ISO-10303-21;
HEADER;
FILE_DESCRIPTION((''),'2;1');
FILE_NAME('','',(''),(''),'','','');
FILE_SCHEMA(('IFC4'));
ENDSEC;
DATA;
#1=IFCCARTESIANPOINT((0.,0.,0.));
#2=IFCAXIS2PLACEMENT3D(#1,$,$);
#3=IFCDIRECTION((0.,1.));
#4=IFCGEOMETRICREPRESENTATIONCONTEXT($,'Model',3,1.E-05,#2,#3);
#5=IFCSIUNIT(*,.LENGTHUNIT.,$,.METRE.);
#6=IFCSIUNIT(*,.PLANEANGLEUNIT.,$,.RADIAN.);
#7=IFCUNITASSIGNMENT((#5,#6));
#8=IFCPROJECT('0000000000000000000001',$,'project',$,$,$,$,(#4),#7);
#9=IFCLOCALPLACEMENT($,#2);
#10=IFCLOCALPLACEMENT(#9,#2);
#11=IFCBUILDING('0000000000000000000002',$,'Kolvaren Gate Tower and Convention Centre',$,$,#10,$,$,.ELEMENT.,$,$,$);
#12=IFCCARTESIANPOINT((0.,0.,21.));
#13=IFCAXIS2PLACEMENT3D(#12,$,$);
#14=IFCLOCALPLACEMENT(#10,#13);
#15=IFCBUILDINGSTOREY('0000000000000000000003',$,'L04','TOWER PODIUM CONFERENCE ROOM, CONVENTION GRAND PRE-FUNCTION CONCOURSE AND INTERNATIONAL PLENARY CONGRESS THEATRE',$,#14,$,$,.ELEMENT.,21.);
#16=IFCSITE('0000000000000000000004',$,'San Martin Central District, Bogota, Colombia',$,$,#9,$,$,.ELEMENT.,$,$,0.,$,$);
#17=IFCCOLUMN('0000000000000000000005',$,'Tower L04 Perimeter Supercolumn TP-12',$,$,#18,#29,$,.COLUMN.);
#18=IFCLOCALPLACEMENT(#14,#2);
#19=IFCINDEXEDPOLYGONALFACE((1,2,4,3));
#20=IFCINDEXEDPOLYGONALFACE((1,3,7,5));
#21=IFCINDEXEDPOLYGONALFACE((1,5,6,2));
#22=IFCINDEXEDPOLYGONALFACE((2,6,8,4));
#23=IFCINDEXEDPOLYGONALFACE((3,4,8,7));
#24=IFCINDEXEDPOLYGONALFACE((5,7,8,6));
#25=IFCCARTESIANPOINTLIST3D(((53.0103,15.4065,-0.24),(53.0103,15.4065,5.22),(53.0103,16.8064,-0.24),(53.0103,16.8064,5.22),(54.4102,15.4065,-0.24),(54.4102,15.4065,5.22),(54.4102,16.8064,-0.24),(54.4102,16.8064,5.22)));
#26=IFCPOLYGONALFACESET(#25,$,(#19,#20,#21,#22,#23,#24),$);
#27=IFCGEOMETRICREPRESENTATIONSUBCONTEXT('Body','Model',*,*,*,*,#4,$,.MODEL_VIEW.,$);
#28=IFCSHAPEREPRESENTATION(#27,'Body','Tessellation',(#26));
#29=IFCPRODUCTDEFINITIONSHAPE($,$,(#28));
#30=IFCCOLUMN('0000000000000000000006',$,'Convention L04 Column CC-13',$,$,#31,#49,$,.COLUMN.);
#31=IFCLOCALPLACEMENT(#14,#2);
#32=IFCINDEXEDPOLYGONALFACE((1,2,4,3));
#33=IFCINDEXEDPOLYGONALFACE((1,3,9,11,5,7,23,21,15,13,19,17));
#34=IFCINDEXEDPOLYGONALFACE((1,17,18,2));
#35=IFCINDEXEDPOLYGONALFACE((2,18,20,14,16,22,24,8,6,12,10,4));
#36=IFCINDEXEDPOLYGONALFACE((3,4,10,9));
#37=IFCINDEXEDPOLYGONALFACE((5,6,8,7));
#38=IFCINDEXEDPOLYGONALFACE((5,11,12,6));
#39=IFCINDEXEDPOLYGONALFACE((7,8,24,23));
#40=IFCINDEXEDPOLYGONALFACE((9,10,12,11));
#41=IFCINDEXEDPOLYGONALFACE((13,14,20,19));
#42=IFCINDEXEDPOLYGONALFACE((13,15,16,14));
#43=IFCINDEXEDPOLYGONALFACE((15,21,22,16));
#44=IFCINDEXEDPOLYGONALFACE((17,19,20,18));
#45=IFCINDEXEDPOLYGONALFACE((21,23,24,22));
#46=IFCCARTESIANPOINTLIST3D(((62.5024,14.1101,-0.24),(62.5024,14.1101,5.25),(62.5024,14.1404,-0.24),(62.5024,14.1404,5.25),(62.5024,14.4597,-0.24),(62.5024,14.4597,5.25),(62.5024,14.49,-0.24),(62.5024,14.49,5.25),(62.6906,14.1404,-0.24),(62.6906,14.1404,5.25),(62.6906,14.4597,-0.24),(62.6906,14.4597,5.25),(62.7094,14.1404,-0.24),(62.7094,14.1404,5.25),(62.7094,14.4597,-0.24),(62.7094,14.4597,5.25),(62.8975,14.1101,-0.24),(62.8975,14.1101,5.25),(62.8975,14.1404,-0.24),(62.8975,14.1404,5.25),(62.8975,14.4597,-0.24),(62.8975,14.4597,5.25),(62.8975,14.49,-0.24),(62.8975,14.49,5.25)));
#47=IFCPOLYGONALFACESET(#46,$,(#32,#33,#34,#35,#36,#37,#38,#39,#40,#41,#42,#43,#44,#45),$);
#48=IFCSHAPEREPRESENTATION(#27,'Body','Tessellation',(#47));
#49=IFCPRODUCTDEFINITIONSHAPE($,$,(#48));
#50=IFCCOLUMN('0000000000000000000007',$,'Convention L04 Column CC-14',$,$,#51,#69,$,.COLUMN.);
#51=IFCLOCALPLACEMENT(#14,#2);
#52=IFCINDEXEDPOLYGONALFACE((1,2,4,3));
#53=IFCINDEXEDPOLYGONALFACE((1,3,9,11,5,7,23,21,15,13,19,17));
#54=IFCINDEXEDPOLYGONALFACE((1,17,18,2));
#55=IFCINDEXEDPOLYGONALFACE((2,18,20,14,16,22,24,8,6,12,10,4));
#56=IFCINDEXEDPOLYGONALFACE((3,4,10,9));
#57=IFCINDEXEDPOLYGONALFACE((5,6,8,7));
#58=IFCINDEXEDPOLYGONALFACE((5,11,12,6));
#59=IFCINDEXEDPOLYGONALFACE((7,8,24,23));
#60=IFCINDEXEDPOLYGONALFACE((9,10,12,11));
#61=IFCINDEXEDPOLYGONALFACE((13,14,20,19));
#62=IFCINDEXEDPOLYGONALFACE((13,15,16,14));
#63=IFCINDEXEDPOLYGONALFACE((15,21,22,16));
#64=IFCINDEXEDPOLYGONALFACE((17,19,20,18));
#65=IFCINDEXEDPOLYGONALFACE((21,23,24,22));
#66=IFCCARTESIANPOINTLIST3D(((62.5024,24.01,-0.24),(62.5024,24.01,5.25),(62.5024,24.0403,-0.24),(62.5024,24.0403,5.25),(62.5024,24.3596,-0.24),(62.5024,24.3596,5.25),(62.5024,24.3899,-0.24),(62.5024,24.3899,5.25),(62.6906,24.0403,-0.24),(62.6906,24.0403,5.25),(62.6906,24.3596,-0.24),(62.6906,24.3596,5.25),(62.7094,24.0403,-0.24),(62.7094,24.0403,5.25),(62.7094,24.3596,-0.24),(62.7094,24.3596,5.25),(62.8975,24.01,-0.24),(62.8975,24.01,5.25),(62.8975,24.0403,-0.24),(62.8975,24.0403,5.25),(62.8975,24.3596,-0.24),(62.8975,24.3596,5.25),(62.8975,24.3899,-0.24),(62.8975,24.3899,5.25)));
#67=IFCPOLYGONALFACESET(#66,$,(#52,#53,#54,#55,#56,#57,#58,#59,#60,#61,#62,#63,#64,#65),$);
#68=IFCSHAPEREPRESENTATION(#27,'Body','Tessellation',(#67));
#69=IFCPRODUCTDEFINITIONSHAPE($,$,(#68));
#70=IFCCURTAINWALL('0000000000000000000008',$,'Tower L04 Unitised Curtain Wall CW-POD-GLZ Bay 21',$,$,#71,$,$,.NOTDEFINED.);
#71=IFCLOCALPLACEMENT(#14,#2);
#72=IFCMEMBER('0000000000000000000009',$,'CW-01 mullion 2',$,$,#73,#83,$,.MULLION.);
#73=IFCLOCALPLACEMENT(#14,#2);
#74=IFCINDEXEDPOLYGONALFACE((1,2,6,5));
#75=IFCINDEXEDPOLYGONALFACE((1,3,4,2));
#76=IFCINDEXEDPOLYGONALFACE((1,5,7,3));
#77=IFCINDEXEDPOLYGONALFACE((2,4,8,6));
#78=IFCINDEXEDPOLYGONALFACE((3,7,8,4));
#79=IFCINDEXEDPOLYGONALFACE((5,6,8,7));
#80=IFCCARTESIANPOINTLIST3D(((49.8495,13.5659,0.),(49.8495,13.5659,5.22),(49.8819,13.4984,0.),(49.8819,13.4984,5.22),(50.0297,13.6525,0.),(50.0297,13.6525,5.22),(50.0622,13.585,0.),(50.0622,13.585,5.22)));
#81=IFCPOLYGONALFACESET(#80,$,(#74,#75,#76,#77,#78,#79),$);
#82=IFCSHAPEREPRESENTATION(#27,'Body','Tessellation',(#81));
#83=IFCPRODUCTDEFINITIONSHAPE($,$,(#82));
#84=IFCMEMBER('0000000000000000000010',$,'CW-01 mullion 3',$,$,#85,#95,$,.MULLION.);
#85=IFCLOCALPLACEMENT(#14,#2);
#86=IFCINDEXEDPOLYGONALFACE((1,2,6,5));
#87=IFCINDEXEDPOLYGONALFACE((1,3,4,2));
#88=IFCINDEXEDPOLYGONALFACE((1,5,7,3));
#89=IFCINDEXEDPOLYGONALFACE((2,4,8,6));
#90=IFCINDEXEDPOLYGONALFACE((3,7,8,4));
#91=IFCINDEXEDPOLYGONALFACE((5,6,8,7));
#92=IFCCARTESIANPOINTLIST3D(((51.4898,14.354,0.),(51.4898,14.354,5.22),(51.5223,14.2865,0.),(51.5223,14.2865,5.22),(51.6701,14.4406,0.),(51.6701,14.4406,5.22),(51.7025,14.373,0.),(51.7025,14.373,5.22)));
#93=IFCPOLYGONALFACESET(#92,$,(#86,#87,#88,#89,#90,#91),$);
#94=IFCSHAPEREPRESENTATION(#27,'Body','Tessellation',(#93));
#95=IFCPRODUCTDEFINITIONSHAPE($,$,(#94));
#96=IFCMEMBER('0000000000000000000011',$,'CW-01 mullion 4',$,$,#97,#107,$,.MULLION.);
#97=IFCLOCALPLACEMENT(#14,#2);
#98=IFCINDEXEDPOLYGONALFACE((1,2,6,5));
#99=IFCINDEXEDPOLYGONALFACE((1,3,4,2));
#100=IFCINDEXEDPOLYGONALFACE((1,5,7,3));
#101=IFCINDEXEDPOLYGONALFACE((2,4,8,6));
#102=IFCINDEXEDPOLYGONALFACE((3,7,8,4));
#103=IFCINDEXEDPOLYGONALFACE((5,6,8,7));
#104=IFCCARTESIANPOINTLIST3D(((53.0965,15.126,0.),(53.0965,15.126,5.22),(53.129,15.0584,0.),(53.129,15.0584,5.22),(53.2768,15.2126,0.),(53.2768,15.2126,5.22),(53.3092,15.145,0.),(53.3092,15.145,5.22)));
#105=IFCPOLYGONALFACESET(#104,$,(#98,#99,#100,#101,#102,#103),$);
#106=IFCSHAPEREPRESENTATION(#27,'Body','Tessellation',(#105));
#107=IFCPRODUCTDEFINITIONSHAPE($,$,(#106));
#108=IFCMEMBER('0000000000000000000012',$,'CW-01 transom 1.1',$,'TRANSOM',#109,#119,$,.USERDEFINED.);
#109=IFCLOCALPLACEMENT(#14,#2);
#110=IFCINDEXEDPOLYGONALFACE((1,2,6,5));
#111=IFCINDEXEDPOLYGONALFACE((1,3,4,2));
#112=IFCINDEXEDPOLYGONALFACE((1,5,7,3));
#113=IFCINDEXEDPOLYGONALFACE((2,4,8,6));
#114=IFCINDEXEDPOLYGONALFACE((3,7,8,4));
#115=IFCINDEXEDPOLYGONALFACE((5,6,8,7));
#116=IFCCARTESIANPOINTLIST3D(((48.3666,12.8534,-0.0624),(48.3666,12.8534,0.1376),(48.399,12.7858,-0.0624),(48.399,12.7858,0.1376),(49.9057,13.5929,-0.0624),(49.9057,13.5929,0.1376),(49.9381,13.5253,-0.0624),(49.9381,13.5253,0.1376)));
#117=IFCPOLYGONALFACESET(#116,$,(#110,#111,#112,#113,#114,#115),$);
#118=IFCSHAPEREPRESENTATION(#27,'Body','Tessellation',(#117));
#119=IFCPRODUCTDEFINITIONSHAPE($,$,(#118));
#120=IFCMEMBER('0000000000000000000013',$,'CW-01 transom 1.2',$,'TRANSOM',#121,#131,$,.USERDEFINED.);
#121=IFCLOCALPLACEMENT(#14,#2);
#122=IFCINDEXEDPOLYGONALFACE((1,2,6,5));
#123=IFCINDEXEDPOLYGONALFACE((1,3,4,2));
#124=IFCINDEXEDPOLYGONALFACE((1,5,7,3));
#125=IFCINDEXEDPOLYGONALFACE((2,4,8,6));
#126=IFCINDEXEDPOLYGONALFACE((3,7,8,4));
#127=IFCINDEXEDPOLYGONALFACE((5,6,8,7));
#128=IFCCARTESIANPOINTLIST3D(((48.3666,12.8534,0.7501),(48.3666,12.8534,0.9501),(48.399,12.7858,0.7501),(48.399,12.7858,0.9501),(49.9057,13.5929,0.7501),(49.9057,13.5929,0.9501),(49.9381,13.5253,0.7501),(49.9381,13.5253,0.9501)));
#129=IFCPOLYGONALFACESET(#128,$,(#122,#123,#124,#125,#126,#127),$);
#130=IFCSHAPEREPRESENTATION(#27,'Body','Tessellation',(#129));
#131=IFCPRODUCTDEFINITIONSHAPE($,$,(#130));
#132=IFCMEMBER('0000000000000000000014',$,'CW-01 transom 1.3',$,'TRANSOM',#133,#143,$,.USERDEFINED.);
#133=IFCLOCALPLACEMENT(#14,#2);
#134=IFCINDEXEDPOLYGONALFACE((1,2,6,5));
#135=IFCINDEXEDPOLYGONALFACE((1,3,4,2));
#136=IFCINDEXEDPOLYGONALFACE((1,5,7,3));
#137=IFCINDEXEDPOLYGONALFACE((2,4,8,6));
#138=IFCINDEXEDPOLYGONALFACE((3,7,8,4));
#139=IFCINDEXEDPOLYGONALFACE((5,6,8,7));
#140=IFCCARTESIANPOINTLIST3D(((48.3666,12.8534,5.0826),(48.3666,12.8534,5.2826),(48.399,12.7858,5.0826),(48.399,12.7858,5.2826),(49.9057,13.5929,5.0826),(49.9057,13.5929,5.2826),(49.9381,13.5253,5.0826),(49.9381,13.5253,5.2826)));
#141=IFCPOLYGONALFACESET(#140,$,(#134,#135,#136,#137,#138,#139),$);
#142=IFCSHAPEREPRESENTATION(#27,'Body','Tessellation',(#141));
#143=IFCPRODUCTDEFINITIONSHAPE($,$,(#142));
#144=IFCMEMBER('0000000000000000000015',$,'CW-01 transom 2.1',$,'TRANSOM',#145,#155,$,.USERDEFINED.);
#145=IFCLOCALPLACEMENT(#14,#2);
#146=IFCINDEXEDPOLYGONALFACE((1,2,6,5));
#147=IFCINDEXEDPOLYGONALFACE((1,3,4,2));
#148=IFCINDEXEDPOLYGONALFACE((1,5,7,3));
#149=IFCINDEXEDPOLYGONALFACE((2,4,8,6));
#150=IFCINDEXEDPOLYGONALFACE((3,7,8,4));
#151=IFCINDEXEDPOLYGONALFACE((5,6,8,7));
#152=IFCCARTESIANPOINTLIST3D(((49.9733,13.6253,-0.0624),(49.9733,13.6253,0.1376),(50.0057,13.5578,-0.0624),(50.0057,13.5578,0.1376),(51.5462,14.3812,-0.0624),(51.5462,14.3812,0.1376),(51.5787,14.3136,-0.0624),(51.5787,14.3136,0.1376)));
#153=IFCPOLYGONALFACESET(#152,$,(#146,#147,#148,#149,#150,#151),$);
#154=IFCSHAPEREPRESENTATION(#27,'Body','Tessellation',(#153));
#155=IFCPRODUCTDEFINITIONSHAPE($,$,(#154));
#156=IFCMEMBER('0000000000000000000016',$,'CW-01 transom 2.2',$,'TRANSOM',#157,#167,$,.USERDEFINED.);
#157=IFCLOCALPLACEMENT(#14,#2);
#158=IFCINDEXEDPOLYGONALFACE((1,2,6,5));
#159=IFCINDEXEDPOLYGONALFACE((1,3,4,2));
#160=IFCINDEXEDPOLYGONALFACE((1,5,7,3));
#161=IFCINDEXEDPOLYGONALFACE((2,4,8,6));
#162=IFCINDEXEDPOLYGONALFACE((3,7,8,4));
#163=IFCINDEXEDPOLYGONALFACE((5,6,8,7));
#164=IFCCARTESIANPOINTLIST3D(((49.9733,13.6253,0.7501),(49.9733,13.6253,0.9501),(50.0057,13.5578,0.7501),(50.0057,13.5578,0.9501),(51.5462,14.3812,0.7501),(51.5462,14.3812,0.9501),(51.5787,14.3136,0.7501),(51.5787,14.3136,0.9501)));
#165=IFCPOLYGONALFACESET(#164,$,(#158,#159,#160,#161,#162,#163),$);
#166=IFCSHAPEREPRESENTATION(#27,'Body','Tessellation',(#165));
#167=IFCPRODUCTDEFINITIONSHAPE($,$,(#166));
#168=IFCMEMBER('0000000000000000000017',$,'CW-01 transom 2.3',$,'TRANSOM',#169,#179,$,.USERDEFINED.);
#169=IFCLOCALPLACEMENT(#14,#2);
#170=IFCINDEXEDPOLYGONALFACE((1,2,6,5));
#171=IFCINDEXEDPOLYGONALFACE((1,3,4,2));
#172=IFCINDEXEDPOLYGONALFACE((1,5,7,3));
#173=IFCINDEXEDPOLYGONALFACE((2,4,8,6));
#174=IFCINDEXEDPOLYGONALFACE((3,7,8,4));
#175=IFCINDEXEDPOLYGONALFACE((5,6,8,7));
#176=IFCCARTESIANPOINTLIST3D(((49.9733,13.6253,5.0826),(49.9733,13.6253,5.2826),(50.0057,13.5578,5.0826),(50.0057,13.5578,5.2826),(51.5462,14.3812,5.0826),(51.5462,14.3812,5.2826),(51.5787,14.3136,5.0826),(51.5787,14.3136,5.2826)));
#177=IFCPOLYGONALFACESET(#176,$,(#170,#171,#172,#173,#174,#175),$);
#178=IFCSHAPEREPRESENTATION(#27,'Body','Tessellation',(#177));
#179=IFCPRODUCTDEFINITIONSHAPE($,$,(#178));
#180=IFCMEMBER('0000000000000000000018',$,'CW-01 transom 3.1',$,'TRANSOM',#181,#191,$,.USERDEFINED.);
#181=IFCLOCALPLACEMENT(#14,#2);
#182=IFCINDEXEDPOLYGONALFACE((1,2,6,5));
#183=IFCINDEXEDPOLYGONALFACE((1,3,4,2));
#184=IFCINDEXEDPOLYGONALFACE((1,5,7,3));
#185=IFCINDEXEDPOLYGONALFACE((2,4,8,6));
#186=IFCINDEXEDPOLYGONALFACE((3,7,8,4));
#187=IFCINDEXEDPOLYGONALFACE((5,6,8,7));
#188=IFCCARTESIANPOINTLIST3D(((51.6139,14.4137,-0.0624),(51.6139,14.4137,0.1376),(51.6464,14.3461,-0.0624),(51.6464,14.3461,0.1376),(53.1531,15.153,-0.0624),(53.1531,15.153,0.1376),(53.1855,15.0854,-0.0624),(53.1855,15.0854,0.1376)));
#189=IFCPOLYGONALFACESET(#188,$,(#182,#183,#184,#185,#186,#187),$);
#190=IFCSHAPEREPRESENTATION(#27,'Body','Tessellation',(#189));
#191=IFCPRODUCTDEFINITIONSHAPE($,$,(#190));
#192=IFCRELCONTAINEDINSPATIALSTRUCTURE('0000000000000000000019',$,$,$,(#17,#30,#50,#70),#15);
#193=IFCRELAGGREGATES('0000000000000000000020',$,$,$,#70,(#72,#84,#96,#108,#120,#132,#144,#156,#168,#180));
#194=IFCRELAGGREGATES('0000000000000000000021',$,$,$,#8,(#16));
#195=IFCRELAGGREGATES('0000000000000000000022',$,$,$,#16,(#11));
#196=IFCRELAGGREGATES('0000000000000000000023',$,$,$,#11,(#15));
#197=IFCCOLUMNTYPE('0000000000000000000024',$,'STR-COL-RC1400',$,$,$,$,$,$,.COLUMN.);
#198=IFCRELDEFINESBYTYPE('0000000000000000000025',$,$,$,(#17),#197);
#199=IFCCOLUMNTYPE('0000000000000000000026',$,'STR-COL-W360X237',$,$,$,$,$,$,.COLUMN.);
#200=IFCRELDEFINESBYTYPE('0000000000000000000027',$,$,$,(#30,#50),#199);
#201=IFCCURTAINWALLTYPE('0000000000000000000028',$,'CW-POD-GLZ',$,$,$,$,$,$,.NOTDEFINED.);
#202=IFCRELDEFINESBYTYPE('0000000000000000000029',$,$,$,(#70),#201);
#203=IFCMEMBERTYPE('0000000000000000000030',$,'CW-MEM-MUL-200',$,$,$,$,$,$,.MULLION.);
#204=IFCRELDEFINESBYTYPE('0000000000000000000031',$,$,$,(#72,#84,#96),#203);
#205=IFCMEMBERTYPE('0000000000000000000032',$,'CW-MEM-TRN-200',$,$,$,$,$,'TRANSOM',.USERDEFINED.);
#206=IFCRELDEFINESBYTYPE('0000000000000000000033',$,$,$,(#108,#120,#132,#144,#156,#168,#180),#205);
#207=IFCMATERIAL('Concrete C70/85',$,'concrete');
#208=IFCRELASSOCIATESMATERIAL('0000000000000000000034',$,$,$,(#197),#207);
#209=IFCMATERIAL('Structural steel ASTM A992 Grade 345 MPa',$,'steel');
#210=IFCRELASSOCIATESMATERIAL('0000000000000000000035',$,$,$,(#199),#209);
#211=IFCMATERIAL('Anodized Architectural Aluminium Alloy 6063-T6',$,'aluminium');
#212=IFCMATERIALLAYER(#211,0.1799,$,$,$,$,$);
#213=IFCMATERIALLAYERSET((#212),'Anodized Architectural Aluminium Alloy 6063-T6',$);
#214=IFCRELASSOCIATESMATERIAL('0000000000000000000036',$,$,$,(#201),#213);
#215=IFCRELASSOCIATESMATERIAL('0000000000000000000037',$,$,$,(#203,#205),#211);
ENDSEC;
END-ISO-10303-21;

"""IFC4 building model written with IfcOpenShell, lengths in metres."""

from ifc_helpers import new_model, si_unit, direction, frame, origin, origin_2d, place, context, subcontext, project, spatial, rectangle, i_section, extrude, material, layer, layer_set, material_profile, profile_set, type_object, element, aggregate, save


model = new_model("IFC4")

# Units and contexts
model_context = context("Model", 3, precision=1e-05, world=origin(), true_north=direction((0.0, 1.0)))
body_context = subcontext(model_context, "Body", "Model", "MODEL_VIEW")
ifc_project = project(units=[si_unit("LENGTHUNIT", "METRE"), si_unit("PLANEANGLEUNIT", "RADIAN")], contexts=[model_context])

# Site, building, storey
site_placement = place(None, origin())
site = spatial("IfcSite", under=ifc_project, at=site_placement, Name="San Martin Central District, Bogota, Colombia", CompositionType="ELEMENT", RefElevation=0.0)
building_placement = place(site_placement, origin())
building = spatial("IfcBuilding", under=site, at=building_placement, Name="Kolvaren Gate Tower and Convention Centre", CompositionType="ELEMENT")
storey_placement = place(building_placement, frame((0.0, 0.0, 21.0)))
storey = spatial("IfcBuildingStorey", under=building, at=storey_placement, Name="L04", Description="TOWER PODIUM CONFERENCE ROOM, CONVENTION GRAND PRE-FUNCTION CONCOURSE AND INTERNATIONAL PLENARY CONGRESS THEATRE", CompositionType="ELEMENT", Elevation=21.0)

# Columns
ifc_material_1 = material(Name="Concrete C70/85", Category="concrete")
ifc_material_profile_1 = material_profile(ifc_material_1, rectangle(XDim=1.3999, YDim=1.3999, at=origin_2d()), Name="RC-COL-1400X1400")
ifc_profile_set_1 = profile_set([ifc_material_profile_1], Name="Concrete C70/85")
column_type_1 = type_object("IfcColumnType", Name="STR-COL-RC1400", PredefinedType="COLUMN", material=ifc_profile_set_1)
column_placement = place(storey_placement, frame((53.7102, 16.1064, -0.24), z_axis=(0.0, 0.0, 1.0), x_axis=(1.0, 0.0, 0.0)))
element("IfcColumn", 1, at=column_placement, inside=storey, type_object=column_type_1, Name="Tower L04 Perimeter Supercolumn TP-12", PredefinedType="COLUMN", context=body_context, shape_type="SweptSolid", body=[
    extrude(rectangle(XDim=1.3999, YDim=1.3999, at=origin_2d()), origin(), (0.0, 0.0, 1.0), 5.46),
])
ifc_material_2 = material(Name="Structural steel ASTM A992 Grade 345 MPa", Category="steel")
ifc_material_profile_2 = material_profile(ifc_material_2, i_section(OverallWidth=0.395, OverallDepth=0.3799, WebThickness=0.0188, FlangeThickness=0.0303, at=origin_2d()), Name="W360X237")
ifc_profile_set_2 = profile_set([ifc_material_profile_2], Name="Structural steel ASTM A992 Grade 345 MPa")
column_type_2 = type_object("IfcColumnType", Name="STR-COL-W360X237", PredefinedType="COLUMN", material=ifc_profile_set_2)
for number, where, z_axis, x_axis, name in (
    (2, (62.7, 14.3, -0.24), (0.0, 0.0, 1.0), (1.0, 0.0, 0.0), "Convention L04 Column CC-13"),
    (3, (62.7, 24.2, -0.24), (0.0, 0.0, 1.0), (1.0, 0.0, 0.0), "Convention L04 Column CC-14"),
):
    element("IfcColumn", number, at=place(storey_placement, frame(where, z_axis=z_axis, x_axis=x_axis)), inside=storey, type_object=column_type_2, Name=name, PredefinedType="COLUMN", context=body_context, shape_type="SweptSolid", body=[
        extrude(i_section(OverallWidth=0.395, OverallDepth=0.3799, WebThickness=0.0188, FlangeThickness=0.0303, at=origin_2d()), origin(), (0.0, 0.0, 1.0), 5.49),
    ])

# Curtain wall, members
ifc_material_3 = material(Name="Anodized Architectural Aluminium Alloy 6063-T6", Category="aluminium")
ifc_layer_1 = layer(ifc_material_3, 0.1799)
ifc_layer_set_1 = layer_set([ifc_layer_1], Name="Anodized Architectural Aluminium Alloy 6063-T6")
curtain_wall_type = type_object("IfcCurtainWallType", Name="CW-POD-GLZ", PredefinedType="NOTDEFINED", material=ifc_layer_set_1)
curtain_wall_placement = place(storey_placement, origin())
curtain_wall = element("IfcCurtainWall", 4, at=curtain_wall_placement, inside=storey, type_object=curtain_wall_type, Name="Tower L04 Unitised Curtain Wall CW-POD-GLZ Bay 21", PredefinedType="NOTDEFINED")
ifc_material_profile_3 = material_profile(ifc_material_3, rectangle(XDim=0.075, YDim=0.2, at=origin_2d()), Name="CW-MEM-MUL-200")
ifc_profile_set_3 = profile_set([ifc_material_profile_3], Name="Anodized Architectural Aluminium Alloy 6063-T6")
member_type_1 = type_object("IfcMemberType", Name="CW-MEM-MUL-200", PredefinedType="MULLION", material=ifc_profile_set_3)
member_1_placement = place(storey_placement, frame((49.9558, 13.5754, 0.0), z_axis=(0.0, 0.0, 1.0), x_axis=(-0.433063, 0.901364, 0.0)))
member_1 = element("IfcMember", 5, at=member_1_placement, type_object=member_type_1, Name="CW-01 mullion 2", PredefinedType="MULLION", context=body_context, shape_type="SweptSolid", body=[
    extrude(rectangle(XDim=0.075, YDim=0.2, at=origin_2d()), origin(), (0.0, 0.0, 1.0), 5.22),
])
member_2_placement = place(storey_placement, frame((51.5962, 14.3635, 0.0), z_axis=(0.0, 0.0, 1.0), x_axis=(-0.433063, 0.901364, 0.0)))
member_2 = element("IfcMember", 6, at=member_2_placement, type_object=member_type_1, Name="CW-01 mullion 3", PredefinedType="MULLION", context=body_context, shape_type="SweptSolid", body=[
    extrude(rectangle(XDim=0.075, YDim=0.2, at=origin_2d()), origin(), (0.0, 0.0, 1.0), 5.22),
])
member_3_placement = place(storey_placement, frame((53.2029, 15.1355, 0.0), z_axis=(0.0, 0.0, 1.0), x_axis=(-0.433063, 0.901364, 0.0)))
member_3 = element("IfcMember", 7, at=member_3_placement, type_object=member_type_1, Name="CW-01 mullion 4", PredefinedType="MULLION", context=body_context, shape_type="SweptSolid", body=[
    extrude(rectangle(XDim=0.075, YDim=0.2, at=origin_2d()), origin(), (0.0, 0.0, 1.0), 5.22),
])
ifc_material_profile_4 = material_profile(ifc_material_3, rectangle(XDim=0.075, YDim=0.2, at=origin_2d()), Name="CW-MEM-TRN-200")
ifc_profile_set_4 = profile_set([ifc_material_profile_4], Name="Anodized Architectural Aluminium Alloy 6063-T6")
member_type_2 = type_object("IfcMemberType", Name="CW-MEM-TRN-200", ElementType="TRANSOM", PredefinedType="USERDEFINED", material=ifc_profile_set_4)
member_4_placement = place(storey_placement, frame((48.3828, 12.8196, 0.0376), z_axis=(0.901351, 0.433089, 0.0), x_axis=(-0.433089, 0.901351, 0.0)))
member_4 = element("IfcMember", 8, at=member_4_placement, type_object=member_type_2, Name="CW-01 transom 1.1", ObjectType="TRANSOM", PredefinedType="USERDEFINED", context=body_context, shape_type="SweptSolid", body=[
    extrude(rectangle(XDim=0.075, YDim=0.2, at=origin_2d()), origin(), (0.0, 0.0, 1.0), 1.7075),
])
member_5_placement = place(storey_placement, frame((48.3828, 12.8196, 0.8501), z_axis=(0.901351, 0.433089, 0.0), x_axis=(-0.433089, 0.901351, 0.0)))
member_5 = element("IfcMember", 9, at=member_5_placement, type_object=member_type_2, Name="CW-01 transom 1.2", ObjectType="TRANSOM", PredefinedType="USERDEFINED", context=body_context, shape_type="SweptSolid", body=[
    extrude(rectangle(XDim=0.075, YDim=0.2, at=origin_2d()), origin(), (0.0, 0.0, 1.0), 1.7075),
])
member_6_placement = place(storey_placement, frame((48.3828, 12.8196, 5.1826), z_axis=(0.901351, 0.433089, 0.0), x_axis=(-0.433089, 0.901351, 0.0)))
member_6 = element("IfcMember", 10, at=member_6_placement, type_object=member_type_2, Name="CW-01 transom 1.3", ObjectType="TRANSOM", PredefinedType="USERDEFINED", context=body_context, shape_type="SweptSolid", body=[
    extrude(rectangle(XDim=0.075, YDim=0.2, at=origin_2d()), origin(), (0.0, 0.0, 1.0), 1.7075),
])
member_7_placement = place(storey_placement, frame((49.9895, 13.5916, 0.0376), z_axis=(0.90134, 0.433113, 0.0), x_axis=(-0.433113, 0.90134, 0.0)))
member_7 = element("IfcMember", 11, at=member_7_placement, type_object=member_type_2, Name="CW-01 transom 2.1", ObjectType="TRANSOM", PredefinedType="USERDEFINED", context=body_context, shape_type="SweptSolid", body=[
    extrude(rectangle(XDim=0.075, YDim=0.2, at=origin_2d()), origin(), (0.0, 0.0, 1.0), 1.7451),
])
member_8_placement = place(storey_placement, frame((49.9895, 13.5916, 0.8501), z_axis=(0.90134, 0.433113, 0.0), x_axis=(-0.433113, 0.90134, 0.0)))
member_8 = element("IfcMember", 12, at=member_8_placement, type_object=member_type_2, Name="CW-01 transom 2.2", ObjectType="TRANSOM", PredefinedType="USERDEFINED", context=body_context, shape_type="SweptSolid", body=[
    extrude(rectangle(XDim=0.075, YDim=0.2, at=origin_2d()), origin(), (0.0, 0.0, 1.0), 1.7451),
])
member_9_placement = place(storey_placement, frame((49.9895, 13.5916, 5.1826), z_axis=(0.90134, 0.433113, 0.0), x_axis=(-0.433113, 0.90134, 0.0)))
member_9 = element("IfcMember", 13, at=member_9_placement, type_object=member_type_2, Name="CW-01 transom 2.3", ObjectType="TRANSOM", PredefinedType="USERDEFINED", context=body_context, shape_type="SweptSolid", body=[
    extrude(rectangle(XDim=0.075, YDim=0.2, at=origin_2d()), origin(), (0.0, 0.0, 1.0), 1.7451),
])
member_10_placement = place(storey_placement, frame((51.6301, 14.3799, 0.0376), z_axis=(0.901407, 0.432973, 0.0), x_axis=(-0.432973, 0.901407, 0.0)))
member_10 = element("IfcMember", 14, at=member_10_placement, type_object=member_type_2, Name="CW-01 transom 3.1", ObjectType="TRANSOM", PredefinedType="USERDEFINED", context=body_context, shape_type="SweptSolid", body=[
    extrude(rectangle(XDim=0.075, YDim=0.2, at=origin_2d()), origin(), (0.0, 0.0, 1.0), 1.7075),
])

aggregate(curtain_wall, [member_1, member_2, member_3, member_4, member_5, member_6, member_7, member_8, member_9, member_10])

save(model, "model.ifc")
